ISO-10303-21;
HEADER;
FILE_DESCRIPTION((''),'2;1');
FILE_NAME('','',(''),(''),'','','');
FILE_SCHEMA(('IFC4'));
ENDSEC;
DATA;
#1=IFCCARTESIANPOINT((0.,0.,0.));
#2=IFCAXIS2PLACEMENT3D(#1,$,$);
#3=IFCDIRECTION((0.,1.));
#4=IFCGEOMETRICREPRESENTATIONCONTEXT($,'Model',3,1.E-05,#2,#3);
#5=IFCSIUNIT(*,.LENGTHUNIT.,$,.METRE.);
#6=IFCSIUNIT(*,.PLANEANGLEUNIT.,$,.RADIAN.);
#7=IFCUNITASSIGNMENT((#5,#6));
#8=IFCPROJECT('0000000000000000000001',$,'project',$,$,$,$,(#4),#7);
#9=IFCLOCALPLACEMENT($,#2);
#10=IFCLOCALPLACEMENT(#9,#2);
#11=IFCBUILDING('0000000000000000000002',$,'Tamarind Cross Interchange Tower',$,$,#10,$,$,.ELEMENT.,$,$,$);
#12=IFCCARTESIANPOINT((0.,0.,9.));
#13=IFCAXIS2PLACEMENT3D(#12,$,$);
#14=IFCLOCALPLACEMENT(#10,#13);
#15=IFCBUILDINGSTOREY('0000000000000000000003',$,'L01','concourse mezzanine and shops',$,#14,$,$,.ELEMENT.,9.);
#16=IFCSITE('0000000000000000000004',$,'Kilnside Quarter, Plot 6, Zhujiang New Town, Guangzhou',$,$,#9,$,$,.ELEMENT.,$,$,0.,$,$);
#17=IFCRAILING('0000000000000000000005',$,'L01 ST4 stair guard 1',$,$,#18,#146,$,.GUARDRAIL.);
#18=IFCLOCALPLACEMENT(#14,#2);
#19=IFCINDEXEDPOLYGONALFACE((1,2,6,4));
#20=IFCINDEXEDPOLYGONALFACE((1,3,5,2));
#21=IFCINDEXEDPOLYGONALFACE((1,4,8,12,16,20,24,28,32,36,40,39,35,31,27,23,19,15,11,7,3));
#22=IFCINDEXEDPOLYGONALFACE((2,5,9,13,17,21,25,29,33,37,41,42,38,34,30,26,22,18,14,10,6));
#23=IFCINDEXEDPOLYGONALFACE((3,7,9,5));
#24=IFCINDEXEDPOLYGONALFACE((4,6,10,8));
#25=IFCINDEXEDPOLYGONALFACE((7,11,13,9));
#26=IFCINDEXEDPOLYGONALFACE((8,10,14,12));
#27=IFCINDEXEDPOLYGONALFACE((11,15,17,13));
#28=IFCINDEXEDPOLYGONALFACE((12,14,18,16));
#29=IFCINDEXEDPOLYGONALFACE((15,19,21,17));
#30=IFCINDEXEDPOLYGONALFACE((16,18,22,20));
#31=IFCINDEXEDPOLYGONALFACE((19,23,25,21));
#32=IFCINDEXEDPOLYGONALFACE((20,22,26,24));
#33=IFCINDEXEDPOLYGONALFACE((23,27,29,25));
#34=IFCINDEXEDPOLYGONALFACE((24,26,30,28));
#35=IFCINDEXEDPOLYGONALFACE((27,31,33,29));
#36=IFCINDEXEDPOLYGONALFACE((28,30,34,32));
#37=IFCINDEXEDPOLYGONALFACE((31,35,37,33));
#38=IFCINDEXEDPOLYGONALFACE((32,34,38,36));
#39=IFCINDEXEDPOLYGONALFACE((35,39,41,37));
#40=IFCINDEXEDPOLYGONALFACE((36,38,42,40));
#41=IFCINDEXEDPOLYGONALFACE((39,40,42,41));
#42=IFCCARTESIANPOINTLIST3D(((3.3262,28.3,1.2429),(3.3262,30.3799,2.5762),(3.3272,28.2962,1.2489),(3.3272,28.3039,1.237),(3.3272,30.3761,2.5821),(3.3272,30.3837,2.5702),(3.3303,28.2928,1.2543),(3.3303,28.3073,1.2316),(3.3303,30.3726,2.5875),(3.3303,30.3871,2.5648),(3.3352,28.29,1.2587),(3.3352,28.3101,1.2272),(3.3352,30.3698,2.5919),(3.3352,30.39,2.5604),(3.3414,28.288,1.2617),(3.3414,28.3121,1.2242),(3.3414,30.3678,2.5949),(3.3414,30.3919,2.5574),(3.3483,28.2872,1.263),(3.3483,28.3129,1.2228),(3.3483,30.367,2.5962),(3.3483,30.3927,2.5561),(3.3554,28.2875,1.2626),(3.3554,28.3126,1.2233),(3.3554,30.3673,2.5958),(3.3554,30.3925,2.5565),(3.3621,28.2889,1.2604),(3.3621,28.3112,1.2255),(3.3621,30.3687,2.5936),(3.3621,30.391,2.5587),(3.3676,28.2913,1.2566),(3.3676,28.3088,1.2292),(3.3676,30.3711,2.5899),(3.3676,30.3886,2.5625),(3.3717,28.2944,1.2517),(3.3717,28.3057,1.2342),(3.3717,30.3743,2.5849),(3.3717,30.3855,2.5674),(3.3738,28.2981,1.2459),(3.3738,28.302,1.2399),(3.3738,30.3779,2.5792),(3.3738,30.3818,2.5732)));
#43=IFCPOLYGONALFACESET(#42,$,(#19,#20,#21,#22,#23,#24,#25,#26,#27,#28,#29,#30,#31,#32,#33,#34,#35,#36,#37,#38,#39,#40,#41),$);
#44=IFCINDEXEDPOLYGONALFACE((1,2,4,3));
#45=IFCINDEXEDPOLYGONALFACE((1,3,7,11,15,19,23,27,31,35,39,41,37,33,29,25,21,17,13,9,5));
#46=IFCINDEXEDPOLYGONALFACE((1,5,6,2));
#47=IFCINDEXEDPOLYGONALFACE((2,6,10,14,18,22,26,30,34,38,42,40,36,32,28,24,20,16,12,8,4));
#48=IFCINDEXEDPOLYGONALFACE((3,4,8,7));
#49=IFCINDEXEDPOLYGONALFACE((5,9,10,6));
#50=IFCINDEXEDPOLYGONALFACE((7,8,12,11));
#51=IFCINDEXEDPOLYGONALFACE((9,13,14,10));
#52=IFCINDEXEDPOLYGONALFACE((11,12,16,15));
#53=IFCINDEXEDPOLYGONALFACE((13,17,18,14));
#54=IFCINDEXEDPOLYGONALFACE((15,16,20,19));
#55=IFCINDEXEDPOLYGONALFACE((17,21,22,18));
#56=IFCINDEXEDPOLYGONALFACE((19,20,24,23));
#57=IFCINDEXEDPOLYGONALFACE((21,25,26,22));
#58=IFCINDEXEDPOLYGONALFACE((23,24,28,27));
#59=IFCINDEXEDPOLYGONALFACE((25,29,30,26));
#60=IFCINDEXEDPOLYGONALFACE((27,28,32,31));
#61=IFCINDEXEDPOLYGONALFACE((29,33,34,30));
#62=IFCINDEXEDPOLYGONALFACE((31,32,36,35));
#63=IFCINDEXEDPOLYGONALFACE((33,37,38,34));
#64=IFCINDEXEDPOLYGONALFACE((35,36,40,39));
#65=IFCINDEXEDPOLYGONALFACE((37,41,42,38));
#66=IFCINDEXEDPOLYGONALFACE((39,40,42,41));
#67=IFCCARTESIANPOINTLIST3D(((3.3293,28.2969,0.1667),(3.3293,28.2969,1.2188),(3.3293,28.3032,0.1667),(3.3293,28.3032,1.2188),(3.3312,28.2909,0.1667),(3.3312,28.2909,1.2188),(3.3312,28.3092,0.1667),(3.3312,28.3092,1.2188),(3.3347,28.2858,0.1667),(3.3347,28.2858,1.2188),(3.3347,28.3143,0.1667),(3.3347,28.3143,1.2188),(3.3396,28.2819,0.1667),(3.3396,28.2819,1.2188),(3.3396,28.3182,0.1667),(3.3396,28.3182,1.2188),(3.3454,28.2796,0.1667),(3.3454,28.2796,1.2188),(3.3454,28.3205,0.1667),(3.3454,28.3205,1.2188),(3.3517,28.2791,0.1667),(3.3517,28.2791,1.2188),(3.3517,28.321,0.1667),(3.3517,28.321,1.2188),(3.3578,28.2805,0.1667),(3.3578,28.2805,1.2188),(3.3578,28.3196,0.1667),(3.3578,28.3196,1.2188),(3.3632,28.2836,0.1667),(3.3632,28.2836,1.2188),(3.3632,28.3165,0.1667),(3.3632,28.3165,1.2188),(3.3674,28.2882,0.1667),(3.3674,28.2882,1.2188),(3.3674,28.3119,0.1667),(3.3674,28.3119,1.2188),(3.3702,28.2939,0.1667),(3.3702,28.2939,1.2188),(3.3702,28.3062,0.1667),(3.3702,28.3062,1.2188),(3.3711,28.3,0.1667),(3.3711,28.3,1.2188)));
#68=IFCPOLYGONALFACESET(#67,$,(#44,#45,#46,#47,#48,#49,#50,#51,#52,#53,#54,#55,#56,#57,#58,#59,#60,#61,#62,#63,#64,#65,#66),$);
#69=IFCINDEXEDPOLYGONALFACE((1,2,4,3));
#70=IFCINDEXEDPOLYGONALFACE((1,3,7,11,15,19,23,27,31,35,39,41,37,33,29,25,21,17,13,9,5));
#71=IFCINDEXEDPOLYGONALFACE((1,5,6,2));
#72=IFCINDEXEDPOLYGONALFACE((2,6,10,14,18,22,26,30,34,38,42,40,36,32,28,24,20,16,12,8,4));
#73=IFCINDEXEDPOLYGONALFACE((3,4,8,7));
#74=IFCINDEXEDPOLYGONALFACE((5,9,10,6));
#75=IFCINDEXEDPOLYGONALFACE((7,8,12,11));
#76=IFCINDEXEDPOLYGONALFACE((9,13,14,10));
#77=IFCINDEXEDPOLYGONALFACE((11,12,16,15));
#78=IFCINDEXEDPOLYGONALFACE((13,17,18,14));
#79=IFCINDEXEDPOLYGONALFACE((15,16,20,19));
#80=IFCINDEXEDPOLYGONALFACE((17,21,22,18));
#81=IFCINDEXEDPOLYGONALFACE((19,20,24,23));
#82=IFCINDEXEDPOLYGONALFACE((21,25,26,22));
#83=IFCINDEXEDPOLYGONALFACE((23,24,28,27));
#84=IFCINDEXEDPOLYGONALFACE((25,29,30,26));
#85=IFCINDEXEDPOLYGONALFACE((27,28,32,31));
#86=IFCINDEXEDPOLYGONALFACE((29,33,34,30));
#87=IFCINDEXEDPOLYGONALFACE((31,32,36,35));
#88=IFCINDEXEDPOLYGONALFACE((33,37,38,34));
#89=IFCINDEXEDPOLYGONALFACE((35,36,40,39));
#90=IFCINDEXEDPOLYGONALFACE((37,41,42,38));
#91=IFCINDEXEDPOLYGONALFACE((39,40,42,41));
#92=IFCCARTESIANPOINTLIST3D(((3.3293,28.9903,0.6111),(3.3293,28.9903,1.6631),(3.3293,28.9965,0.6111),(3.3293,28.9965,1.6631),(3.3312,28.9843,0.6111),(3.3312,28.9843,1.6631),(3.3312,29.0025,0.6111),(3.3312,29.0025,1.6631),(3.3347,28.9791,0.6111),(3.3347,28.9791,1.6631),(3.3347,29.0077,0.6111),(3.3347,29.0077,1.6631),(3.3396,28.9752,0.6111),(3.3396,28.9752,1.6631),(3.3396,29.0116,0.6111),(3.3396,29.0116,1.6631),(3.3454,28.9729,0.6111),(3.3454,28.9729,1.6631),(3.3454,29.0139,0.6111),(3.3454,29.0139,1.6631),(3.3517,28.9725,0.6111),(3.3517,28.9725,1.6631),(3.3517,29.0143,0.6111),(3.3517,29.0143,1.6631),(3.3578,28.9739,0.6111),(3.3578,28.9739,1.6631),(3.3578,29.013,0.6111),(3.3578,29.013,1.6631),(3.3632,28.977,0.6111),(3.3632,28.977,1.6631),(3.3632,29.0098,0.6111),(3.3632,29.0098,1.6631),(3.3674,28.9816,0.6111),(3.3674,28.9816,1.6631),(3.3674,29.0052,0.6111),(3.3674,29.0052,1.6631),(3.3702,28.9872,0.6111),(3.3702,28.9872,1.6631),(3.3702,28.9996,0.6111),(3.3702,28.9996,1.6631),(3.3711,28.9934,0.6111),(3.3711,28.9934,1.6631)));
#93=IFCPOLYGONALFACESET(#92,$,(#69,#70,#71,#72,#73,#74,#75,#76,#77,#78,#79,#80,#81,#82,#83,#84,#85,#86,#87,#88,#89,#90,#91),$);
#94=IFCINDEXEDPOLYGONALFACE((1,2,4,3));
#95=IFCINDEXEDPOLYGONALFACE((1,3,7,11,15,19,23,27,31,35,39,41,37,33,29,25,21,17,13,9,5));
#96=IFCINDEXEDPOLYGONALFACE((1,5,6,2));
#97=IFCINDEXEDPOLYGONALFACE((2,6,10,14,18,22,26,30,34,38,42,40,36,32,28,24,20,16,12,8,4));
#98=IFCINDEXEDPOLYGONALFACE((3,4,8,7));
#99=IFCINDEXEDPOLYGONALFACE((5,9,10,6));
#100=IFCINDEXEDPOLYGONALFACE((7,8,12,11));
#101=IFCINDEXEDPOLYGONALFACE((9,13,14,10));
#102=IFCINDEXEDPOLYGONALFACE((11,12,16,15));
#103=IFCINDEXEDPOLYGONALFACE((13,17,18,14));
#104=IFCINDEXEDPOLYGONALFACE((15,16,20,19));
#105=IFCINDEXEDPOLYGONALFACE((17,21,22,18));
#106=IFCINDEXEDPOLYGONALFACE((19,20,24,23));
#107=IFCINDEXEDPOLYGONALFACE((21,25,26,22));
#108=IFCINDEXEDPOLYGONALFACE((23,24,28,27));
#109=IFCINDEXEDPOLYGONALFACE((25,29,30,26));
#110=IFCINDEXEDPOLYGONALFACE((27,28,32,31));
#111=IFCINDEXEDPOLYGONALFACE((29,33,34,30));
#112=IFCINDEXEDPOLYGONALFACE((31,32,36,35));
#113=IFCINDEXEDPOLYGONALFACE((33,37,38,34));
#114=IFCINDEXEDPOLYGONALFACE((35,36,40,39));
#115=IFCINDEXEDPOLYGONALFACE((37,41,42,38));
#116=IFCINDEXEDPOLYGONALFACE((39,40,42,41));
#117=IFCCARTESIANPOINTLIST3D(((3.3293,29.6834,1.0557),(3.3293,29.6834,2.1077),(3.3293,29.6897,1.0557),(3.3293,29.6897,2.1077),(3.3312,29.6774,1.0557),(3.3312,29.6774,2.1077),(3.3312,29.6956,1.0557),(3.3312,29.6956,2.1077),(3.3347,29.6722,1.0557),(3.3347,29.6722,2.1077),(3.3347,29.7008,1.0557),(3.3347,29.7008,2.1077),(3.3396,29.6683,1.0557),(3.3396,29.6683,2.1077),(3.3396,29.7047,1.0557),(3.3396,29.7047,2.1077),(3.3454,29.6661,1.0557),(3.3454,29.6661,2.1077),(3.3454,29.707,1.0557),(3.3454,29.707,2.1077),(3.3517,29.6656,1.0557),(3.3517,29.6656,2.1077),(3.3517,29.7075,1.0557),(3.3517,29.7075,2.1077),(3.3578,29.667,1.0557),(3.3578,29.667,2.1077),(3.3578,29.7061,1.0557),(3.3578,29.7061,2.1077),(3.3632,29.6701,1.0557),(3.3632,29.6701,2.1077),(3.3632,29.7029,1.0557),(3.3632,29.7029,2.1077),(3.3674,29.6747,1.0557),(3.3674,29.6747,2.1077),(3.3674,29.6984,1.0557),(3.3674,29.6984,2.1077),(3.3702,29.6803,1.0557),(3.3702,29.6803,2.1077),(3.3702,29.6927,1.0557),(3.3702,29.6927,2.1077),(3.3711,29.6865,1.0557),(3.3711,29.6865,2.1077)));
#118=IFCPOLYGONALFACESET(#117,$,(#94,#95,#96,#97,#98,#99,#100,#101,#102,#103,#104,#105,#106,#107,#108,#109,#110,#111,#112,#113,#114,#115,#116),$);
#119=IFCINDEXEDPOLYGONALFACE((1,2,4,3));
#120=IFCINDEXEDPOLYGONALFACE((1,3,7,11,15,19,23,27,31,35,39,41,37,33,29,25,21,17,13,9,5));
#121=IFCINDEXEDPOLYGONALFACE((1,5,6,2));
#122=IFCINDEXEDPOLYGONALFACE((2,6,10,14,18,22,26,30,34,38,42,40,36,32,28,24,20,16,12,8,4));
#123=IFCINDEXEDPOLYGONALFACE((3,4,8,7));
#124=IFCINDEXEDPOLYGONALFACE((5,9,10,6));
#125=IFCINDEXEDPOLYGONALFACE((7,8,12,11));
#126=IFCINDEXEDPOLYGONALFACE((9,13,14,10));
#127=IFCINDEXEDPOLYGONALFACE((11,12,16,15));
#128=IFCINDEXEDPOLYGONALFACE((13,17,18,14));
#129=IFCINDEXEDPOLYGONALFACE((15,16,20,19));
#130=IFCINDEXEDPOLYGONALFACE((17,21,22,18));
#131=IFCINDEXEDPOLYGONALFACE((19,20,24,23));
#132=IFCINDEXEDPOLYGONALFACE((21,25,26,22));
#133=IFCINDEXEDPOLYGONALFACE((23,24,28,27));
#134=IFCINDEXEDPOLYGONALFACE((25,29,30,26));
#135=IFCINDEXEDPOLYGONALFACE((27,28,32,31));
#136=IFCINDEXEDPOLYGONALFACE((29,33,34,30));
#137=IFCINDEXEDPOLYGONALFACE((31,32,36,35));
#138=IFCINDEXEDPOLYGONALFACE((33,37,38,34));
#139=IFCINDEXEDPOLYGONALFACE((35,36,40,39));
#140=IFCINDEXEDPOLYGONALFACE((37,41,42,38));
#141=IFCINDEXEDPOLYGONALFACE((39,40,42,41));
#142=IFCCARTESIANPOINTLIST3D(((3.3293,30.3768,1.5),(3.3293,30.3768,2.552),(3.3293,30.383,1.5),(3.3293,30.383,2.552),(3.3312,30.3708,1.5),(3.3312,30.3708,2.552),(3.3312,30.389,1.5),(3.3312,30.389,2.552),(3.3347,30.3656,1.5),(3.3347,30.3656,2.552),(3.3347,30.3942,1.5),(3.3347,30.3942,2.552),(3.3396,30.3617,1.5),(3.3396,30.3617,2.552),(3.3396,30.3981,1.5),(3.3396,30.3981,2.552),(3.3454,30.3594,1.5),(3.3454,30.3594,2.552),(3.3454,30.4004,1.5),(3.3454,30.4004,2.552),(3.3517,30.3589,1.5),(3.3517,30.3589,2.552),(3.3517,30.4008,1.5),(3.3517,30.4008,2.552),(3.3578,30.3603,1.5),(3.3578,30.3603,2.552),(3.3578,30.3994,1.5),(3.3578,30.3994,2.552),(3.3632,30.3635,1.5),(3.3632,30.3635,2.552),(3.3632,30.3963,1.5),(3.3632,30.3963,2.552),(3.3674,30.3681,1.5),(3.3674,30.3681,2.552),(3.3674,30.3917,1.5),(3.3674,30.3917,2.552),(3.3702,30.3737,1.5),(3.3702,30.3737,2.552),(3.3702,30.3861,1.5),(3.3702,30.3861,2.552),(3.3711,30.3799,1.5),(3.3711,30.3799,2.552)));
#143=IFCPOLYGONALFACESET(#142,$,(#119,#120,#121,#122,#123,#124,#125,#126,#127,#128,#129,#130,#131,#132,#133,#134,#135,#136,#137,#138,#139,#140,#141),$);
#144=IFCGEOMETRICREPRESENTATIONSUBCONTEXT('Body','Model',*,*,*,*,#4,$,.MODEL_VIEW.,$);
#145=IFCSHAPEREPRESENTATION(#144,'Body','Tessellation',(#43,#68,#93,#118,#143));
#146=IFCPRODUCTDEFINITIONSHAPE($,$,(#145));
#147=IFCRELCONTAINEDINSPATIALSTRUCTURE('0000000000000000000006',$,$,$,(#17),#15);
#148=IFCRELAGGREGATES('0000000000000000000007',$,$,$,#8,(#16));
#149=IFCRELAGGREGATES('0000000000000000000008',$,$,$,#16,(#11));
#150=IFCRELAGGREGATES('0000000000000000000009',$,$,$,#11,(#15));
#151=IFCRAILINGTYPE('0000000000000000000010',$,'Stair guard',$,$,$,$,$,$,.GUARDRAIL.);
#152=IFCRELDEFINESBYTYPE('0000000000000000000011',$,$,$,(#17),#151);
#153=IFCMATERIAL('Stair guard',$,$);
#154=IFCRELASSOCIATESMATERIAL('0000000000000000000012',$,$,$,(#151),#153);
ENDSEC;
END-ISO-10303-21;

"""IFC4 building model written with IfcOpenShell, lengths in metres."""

from ifc_helpers import new_model, si_unit, direction, frame, origin, origin_2d, place, context, subcontext, project, spatial, circle, extrude, material, type_object, element, save


model = new_model("IFC4")

# Units and contexts
model_context = context("Model", 3, precision=1e-05, world=origin(), true_north=direction((0.0, 1.0)))
body_context = subcontext(model_context, "Body", "Model", "MODEL_VIEW")
ifc_project = project(units=[si_unit("LENGTHUNIT", "METRE"), si_unit("PLANEANGLEUNIT", "RADIAN")], contexts=[model_context])

# Site, building, storey
site_placement = place(None, origin())
site = spatial("IfcSite", under=ifc_project, at=site_placement, Name="Kilnside Quarter, Plot 6, Zhujiang New Town, Guangzhou", CompositionType="ELEMENT", RefElevation=0.0)
building_placement = place(site_placement, origin())
building = spatial("IfcBuilding", under=site, at=building_placement, Name="Tamarind Cross Interchange Tower", CompositionType="ELEMENT")
storey_placement = place(building_placement, frame((0.0, 0.0, 9.0)))
storey = spatial("IfcBuildingStorey", under=building, at=storey_placement, Name="L01", Description="concourse mezzanine and shops", CompositionType="ELEMENT", Elevation=9.0)

# Railing
ifc_material_1 = material(Name="Stair guard")
railing_type_1 = type_object("IfcRailingType", Name="Stair guard", PredefinedType="GUARDRAIL", material=ifc_material_1)
railing_1_placement = place(storey_placement, frame((3.3501, 28.3, 0.1667)))
element("IfcRailing", 1, at=railing_1_placement, inside=storey, type_object=railing_type_1, Name="L01 ST4 stair guard 1", PredefinedType="GUARDRAIL", context=body_context, shape_type="SweptSolid", body=[
    extrude(circle(Radius=0.0239, at=origin_2d()), frame((0.0, 0.0, 1.0762), z_axis=(0.0, 0.841875, 0.539673), x_axis=(-1.0, 0.0, 0.0)), (0.0, 0.0, 1.0), 2.4705),
    extrude(circle(Radius=0.021, at=origin_2d()), origin(), (0.0, 0.0, 1.0), 1.052),
    extrude(circle(Radius=0.021, at=origin_2d()), frame((0.0, 0.6934, 0.4443)), (0.0, 0.0, 1.0), 1.052),
    extrude(circle(Radius=0.021, at=origin_2d()), frame((0.0, 1.3865, 0.8889)), (0.0, 0.0, 1.0), 1.052),
    extrude(circle(Radius=0.021, at=origin_2d()), frame((0.0, 2.0798, 1.3333)), (0.0, 0.0, 1.0), 1.052),
])

save(model, "model.ifc")
